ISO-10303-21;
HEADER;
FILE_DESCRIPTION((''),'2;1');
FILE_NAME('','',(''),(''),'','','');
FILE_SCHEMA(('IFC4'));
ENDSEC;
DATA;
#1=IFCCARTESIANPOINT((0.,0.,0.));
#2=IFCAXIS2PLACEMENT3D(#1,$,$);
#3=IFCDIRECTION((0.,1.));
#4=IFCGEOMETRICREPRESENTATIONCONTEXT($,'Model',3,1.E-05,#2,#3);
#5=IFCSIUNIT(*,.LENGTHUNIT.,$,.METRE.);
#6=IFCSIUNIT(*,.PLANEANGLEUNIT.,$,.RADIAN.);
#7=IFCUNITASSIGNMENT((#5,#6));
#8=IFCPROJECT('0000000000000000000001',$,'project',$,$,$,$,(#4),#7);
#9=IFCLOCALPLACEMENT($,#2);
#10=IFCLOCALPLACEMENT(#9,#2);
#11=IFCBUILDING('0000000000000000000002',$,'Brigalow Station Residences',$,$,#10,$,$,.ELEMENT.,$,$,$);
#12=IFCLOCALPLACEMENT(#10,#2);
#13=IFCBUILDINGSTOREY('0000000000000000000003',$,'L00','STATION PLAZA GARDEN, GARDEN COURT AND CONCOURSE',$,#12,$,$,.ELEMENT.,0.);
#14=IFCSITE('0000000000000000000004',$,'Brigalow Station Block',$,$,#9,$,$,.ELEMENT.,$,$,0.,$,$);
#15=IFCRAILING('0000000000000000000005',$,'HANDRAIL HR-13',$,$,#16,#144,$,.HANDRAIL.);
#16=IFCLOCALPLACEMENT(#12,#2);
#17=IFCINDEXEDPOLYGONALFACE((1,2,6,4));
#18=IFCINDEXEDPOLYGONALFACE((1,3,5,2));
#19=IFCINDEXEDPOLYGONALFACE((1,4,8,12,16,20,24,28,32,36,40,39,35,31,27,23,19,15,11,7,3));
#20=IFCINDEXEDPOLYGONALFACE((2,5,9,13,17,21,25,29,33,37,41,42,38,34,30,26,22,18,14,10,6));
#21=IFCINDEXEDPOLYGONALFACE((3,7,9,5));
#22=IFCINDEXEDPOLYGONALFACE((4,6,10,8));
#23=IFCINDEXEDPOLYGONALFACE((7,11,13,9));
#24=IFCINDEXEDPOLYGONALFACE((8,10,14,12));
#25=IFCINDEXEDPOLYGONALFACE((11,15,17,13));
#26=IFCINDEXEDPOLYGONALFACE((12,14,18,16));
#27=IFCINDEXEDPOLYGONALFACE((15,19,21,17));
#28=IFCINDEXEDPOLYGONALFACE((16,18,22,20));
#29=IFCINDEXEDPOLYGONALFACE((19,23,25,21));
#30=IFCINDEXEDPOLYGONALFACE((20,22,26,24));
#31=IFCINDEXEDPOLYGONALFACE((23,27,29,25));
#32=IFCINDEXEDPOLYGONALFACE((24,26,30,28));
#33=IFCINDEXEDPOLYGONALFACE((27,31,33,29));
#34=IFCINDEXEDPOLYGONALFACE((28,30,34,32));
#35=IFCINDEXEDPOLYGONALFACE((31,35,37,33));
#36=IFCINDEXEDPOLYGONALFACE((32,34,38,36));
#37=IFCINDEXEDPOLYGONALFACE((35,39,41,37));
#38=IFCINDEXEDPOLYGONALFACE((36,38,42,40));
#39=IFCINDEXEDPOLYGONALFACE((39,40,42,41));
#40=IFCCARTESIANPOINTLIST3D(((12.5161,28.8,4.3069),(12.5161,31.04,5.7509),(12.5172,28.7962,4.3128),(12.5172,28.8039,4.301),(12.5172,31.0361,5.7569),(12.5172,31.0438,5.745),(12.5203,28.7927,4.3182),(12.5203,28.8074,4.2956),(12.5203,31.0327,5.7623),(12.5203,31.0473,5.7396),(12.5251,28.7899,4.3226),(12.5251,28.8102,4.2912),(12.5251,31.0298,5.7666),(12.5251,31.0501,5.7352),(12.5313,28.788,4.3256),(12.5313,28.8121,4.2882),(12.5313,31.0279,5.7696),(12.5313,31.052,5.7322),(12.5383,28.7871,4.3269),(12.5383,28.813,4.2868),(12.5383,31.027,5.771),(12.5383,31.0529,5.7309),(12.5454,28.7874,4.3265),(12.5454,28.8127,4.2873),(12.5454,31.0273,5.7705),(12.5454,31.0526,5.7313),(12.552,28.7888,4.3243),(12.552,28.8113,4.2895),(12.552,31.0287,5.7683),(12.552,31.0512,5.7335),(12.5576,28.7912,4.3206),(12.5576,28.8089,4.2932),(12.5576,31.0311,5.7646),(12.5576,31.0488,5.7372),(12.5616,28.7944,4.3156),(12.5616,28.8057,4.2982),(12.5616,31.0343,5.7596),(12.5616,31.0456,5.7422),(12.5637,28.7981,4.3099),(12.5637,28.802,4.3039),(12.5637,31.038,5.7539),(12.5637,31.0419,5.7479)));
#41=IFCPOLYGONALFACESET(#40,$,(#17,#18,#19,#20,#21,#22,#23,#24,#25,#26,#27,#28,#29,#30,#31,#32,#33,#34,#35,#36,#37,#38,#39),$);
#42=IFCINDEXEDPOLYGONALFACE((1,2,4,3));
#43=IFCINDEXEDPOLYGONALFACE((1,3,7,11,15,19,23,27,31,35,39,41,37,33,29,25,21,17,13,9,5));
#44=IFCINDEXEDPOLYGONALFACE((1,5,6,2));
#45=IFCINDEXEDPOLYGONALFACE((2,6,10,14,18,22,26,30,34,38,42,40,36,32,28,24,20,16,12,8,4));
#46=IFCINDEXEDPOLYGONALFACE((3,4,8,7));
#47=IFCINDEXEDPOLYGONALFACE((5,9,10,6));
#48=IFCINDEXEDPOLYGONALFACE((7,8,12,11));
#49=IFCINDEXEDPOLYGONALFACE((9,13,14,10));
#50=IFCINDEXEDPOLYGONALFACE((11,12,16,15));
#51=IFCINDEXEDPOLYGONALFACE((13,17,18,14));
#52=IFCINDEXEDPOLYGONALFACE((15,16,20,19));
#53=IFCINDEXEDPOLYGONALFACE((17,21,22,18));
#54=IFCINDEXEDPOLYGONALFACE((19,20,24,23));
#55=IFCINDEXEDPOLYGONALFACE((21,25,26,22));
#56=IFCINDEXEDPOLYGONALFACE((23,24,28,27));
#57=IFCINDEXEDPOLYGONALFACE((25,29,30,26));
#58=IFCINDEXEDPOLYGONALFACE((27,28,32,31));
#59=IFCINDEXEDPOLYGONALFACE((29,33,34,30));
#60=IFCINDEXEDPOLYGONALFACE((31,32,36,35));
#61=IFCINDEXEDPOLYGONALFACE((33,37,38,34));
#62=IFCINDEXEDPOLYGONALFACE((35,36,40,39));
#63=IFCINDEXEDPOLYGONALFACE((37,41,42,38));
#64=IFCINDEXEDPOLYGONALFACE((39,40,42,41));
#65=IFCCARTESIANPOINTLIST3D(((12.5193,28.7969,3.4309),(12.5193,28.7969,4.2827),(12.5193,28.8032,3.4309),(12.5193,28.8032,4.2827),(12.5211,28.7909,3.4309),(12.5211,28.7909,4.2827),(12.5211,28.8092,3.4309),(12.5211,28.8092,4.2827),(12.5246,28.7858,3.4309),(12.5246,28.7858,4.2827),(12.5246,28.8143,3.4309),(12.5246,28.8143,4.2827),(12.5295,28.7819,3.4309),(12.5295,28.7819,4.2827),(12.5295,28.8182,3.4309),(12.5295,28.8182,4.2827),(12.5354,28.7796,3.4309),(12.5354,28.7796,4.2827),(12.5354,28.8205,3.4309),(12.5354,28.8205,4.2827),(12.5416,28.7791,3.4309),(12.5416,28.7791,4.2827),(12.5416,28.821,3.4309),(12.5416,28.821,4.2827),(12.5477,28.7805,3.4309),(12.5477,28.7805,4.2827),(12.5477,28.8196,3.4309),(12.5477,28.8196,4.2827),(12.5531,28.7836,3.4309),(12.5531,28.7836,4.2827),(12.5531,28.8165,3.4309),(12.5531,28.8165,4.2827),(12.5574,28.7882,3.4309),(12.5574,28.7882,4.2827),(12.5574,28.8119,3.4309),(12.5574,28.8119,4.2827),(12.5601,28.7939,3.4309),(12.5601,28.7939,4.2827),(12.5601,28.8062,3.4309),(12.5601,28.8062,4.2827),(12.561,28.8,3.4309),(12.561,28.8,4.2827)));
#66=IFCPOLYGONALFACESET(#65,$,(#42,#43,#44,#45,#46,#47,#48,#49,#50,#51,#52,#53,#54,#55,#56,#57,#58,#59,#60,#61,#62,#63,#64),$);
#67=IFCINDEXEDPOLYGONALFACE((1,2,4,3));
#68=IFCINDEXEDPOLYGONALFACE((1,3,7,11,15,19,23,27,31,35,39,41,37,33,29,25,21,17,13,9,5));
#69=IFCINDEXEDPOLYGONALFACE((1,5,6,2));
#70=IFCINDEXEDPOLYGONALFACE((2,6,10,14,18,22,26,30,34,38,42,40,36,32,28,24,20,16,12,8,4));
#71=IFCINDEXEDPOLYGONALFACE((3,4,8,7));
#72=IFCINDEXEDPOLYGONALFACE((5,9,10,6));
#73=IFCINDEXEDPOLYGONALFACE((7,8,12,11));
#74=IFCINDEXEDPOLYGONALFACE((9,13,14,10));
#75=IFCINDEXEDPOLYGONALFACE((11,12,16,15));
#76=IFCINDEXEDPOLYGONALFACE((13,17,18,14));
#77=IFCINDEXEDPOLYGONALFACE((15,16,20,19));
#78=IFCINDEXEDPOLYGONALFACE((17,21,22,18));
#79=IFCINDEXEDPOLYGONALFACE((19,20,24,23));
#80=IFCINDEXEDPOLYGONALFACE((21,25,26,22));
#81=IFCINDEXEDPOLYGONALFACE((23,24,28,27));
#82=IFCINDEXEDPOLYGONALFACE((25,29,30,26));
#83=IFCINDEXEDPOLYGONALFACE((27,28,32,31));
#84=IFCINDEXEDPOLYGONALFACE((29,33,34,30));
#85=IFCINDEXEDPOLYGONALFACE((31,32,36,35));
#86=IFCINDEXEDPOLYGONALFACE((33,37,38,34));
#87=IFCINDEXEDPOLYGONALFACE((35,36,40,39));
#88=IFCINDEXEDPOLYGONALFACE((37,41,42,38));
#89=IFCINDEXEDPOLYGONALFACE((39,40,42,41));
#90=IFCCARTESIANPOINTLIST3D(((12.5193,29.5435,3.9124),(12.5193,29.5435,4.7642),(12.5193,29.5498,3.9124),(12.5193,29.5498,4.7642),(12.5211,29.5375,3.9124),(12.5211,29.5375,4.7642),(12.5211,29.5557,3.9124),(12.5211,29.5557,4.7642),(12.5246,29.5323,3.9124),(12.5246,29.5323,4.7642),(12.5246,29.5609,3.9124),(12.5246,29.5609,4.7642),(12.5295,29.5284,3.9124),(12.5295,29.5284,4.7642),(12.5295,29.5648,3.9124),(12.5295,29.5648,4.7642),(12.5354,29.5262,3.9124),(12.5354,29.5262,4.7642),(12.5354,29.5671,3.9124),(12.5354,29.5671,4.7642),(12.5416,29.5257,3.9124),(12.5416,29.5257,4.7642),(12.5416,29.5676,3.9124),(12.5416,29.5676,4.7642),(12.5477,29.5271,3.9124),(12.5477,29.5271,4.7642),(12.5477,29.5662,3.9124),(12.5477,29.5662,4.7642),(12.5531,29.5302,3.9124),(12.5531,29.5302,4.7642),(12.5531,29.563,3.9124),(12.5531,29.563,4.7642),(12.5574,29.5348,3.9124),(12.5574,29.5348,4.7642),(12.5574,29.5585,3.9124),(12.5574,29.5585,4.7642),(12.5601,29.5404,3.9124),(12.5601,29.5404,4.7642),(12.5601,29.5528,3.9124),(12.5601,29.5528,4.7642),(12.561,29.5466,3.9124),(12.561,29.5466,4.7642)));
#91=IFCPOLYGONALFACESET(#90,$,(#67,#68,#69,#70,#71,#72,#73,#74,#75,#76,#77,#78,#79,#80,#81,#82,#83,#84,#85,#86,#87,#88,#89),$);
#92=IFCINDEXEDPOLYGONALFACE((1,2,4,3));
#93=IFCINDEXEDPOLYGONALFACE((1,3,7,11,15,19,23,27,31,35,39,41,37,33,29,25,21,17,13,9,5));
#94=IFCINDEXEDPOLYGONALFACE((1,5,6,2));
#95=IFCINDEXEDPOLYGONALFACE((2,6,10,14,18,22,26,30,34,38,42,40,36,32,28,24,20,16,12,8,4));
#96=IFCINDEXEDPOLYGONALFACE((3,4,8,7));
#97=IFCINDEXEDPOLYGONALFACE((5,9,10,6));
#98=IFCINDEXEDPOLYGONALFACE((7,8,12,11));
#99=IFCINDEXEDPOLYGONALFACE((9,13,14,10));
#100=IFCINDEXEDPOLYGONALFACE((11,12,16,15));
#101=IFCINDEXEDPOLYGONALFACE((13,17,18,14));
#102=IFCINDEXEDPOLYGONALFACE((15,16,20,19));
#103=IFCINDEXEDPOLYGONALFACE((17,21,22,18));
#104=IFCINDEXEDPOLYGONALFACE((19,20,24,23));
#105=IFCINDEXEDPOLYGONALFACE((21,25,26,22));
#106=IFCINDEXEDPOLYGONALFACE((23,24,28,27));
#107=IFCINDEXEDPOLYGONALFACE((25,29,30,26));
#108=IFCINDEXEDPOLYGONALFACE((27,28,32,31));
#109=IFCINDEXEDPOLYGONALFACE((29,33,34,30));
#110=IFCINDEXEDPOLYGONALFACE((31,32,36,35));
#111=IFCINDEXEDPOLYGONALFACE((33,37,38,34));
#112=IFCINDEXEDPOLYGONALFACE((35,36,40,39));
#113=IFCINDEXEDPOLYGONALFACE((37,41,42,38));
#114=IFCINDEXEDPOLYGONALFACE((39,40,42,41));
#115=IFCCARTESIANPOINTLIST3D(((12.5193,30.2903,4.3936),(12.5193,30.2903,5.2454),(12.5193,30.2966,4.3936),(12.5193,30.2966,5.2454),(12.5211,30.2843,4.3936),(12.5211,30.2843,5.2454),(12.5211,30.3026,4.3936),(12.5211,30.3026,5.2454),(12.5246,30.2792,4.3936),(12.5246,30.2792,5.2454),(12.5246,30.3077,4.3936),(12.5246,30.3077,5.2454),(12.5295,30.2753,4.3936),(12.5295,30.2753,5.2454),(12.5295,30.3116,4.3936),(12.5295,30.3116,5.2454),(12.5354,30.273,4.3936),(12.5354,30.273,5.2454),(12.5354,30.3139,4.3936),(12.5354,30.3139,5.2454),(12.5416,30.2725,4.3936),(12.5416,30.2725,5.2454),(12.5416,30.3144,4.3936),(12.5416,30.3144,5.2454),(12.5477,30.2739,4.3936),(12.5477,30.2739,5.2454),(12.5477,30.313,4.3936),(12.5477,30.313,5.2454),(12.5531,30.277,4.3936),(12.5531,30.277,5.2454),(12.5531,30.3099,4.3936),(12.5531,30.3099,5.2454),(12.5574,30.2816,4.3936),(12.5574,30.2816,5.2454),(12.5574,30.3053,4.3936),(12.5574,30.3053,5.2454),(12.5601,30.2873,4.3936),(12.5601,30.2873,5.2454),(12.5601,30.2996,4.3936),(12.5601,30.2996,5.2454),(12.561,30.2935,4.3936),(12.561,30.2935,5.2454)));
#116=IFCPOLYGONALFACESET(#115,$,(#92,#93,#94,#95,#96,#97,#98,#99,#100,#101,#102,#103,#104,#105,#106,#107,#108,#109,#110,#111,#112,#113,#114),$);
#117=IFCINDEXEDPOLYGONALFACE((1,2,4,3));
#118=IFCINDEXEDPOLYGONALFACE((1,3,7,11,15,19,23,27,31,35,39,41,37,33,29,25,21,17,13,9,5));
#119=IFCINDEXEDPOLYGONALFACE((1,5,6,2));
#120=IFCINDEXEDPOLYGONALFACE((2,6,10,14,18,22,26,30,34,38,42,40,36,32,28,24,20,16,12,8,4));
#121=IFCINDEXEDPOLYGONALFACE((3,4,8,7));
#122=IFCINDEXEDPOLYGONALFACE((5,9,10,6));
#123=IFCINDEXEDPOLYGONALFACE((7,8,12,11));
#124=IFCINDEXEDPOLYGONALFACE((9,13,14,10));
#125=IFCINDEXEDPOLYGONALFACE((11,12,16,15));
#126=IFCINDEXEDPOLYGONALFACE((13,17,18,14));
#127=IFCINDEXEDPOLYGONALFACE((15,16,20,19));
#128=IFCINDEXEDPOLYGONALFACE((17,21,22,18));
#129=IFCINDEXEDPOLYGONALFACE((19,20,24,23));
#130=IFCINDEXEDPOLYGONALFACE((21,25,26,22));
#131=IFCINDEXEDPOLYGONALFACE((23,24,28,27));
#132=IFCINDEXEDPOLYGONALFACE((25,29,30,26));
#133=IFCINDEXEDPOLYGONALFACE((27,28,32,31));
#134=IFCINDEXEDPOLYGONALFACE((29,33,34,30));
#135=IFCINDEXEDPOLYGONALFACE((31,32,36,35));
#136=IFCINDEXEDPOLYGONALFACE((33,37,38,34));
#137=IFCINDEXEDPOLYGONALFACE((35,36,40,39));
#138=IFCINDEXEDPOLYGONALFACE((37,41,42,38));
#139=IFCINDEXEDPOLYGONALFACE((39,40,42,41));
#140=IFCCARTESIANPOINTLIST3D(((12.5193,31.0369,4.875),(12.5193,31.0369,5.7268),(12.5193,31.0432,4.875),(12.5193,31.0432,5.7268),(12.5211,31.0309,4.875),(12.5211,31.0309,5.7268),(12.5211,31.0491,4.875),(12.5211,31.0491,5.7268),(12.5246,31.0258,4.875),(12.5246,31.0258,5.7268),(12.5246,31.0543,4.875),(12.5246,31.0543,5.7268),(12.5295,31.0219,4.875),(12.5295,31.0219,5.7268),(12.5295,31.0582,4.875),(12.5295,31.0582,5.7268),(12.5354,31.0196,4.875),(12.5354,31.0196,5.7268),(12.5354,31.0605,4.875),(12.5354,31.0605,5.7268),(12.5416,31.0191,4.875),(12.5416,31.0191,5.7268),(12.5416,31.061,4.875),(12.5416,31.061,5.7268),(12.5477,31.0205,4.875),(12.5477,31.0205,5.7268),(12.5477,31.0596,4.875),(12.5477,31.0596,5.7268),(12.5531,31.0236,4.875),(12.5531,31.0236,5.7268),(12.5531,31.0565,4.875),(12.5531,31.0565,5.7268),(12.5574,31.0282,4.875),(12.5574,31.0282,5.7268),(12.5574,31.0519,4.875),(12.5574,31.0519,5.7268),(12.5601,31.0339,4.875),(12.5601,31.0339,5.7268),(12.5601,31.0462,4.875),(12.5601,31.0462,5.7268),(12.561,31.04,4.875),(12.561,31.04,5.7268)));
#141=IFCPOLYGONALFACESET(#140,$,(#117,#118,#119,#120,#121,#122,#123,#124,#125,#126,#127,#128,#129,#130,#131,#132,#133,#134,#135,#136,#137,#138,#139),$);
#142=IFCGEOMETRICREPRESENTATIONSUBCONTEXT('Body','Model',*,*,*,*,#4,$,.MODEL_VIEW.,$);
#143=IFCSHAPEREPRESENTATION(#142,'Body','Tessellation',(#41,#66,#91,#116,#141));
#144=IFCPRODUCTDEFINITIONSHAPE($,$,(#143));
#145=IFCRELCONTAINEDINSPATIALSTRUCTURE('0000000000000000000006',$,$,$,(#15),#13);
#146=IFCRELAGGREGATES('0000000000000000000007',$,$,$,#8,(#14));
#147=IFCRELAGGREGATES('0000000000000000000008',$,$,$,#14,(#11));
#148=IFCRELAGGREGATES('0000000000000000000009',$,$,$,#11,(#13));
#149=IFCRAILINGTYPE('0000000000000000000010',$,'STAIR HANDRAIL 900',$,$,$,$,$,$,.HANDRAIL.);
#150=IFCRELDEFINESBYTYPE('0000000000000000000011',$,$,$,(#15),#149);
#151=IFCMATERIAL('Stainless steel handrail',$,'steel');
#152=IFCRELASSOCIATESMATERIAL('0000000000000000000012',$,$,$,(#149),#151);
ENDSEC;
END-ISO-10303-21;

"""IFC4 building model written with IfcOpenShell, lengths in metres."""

from ifc_helpers import new_model, si_unit, direction, frame, origin, origin_2d, place, context, subcontext, project, spatial, circle, extrude, material, type_object, element, save


model = new_model("IFC4")

# Units and contexts
model_context = context("Model", 3, precision=1e-05, world=origin(), true_north=direction((0.0, 1.0)))
body_context = subcontext(model_context, "Body", "Model", "MODEL_VIEW")
ifc_project = project(units=[si_unit("LENGTHUNIT", "METRE"), si_unit("PLANEANGLEUNIT", "RADIAN")], contexts=[model_context])

# Site, building, storey
site_placement = place(None, origin())
site = spatial("IfcSite", under=ifc_project, at=site_placement, Name="Brigalow Station Block", CompositionType="ELEMENT", RefElevation=0.0)
building_placement = place(site_placement, origin())
building = spatial("IfcBuilding", under=site, at=building_placement, Name="Brigalow Station Residences", CompositionType="ELEMENT")
storey_placement = place(building_placement, origin())
storey = spatial("IfcBuildingStorey", under=building, at=storey_placement, Name="L00", Description="STATION PLAZA GARDEN, GARDEN COURT AND CONCOURSE", CompositionType="ELEMENT", Elevation=0.0)

# Railing
ifc_material_1 = material(Name="Stainless steel handrail", Category="steel")
railing_type_1 = type_object("IfcRailingType", Name="STAIR HANDRAIL 900", PredefinedType="HANDRAIL", material=ifc_material_1)
railing_1_placement = place(storey_placement, frame((12.54, 28.8, 3.4309)))
element("IfcRailing", 1, at=railing_1_placement, inside=storey, type_object=railing_type_1, Name="HANDRAIL HR-13", PredefinedType="HANDRAIL", context=body_context, shape_type="SweptSolid", body=[
    extrude(circle(Radius=0.0239, at=origin_2d()), frame((0.0, 0.0, 0.876), z_axis=(0.0, 0.840478, 0.541845), x_axis=(-1.0, 0.0, 0.0)), (0.0, 0.0, 1.0), 2.665),
    extrude(circle(Radius=0.021, at=origin_2d()), origin(), (0.0, 0.0, 1.0), 0.8518),
    extrude(circle(Radius=0.021, at=origin_2d()), frame((0.0, 0.7466, 0.4814)), (0.0, 0.0, 1.0), 0.8518),
    extrude(circle(Radius=0.021, at=origin_2d()), frame((0.0, 1.4934, 0.9626)), (0.0, 0.0, 1.0), 0.8518),
    extrude(circle(Radius=0.021, at=origin_2d()), frame((0.0, 2.24, 1.4441)), (0.0, 0.0, 1.0), 0.8518),
])

save(model, "model.ifc")
